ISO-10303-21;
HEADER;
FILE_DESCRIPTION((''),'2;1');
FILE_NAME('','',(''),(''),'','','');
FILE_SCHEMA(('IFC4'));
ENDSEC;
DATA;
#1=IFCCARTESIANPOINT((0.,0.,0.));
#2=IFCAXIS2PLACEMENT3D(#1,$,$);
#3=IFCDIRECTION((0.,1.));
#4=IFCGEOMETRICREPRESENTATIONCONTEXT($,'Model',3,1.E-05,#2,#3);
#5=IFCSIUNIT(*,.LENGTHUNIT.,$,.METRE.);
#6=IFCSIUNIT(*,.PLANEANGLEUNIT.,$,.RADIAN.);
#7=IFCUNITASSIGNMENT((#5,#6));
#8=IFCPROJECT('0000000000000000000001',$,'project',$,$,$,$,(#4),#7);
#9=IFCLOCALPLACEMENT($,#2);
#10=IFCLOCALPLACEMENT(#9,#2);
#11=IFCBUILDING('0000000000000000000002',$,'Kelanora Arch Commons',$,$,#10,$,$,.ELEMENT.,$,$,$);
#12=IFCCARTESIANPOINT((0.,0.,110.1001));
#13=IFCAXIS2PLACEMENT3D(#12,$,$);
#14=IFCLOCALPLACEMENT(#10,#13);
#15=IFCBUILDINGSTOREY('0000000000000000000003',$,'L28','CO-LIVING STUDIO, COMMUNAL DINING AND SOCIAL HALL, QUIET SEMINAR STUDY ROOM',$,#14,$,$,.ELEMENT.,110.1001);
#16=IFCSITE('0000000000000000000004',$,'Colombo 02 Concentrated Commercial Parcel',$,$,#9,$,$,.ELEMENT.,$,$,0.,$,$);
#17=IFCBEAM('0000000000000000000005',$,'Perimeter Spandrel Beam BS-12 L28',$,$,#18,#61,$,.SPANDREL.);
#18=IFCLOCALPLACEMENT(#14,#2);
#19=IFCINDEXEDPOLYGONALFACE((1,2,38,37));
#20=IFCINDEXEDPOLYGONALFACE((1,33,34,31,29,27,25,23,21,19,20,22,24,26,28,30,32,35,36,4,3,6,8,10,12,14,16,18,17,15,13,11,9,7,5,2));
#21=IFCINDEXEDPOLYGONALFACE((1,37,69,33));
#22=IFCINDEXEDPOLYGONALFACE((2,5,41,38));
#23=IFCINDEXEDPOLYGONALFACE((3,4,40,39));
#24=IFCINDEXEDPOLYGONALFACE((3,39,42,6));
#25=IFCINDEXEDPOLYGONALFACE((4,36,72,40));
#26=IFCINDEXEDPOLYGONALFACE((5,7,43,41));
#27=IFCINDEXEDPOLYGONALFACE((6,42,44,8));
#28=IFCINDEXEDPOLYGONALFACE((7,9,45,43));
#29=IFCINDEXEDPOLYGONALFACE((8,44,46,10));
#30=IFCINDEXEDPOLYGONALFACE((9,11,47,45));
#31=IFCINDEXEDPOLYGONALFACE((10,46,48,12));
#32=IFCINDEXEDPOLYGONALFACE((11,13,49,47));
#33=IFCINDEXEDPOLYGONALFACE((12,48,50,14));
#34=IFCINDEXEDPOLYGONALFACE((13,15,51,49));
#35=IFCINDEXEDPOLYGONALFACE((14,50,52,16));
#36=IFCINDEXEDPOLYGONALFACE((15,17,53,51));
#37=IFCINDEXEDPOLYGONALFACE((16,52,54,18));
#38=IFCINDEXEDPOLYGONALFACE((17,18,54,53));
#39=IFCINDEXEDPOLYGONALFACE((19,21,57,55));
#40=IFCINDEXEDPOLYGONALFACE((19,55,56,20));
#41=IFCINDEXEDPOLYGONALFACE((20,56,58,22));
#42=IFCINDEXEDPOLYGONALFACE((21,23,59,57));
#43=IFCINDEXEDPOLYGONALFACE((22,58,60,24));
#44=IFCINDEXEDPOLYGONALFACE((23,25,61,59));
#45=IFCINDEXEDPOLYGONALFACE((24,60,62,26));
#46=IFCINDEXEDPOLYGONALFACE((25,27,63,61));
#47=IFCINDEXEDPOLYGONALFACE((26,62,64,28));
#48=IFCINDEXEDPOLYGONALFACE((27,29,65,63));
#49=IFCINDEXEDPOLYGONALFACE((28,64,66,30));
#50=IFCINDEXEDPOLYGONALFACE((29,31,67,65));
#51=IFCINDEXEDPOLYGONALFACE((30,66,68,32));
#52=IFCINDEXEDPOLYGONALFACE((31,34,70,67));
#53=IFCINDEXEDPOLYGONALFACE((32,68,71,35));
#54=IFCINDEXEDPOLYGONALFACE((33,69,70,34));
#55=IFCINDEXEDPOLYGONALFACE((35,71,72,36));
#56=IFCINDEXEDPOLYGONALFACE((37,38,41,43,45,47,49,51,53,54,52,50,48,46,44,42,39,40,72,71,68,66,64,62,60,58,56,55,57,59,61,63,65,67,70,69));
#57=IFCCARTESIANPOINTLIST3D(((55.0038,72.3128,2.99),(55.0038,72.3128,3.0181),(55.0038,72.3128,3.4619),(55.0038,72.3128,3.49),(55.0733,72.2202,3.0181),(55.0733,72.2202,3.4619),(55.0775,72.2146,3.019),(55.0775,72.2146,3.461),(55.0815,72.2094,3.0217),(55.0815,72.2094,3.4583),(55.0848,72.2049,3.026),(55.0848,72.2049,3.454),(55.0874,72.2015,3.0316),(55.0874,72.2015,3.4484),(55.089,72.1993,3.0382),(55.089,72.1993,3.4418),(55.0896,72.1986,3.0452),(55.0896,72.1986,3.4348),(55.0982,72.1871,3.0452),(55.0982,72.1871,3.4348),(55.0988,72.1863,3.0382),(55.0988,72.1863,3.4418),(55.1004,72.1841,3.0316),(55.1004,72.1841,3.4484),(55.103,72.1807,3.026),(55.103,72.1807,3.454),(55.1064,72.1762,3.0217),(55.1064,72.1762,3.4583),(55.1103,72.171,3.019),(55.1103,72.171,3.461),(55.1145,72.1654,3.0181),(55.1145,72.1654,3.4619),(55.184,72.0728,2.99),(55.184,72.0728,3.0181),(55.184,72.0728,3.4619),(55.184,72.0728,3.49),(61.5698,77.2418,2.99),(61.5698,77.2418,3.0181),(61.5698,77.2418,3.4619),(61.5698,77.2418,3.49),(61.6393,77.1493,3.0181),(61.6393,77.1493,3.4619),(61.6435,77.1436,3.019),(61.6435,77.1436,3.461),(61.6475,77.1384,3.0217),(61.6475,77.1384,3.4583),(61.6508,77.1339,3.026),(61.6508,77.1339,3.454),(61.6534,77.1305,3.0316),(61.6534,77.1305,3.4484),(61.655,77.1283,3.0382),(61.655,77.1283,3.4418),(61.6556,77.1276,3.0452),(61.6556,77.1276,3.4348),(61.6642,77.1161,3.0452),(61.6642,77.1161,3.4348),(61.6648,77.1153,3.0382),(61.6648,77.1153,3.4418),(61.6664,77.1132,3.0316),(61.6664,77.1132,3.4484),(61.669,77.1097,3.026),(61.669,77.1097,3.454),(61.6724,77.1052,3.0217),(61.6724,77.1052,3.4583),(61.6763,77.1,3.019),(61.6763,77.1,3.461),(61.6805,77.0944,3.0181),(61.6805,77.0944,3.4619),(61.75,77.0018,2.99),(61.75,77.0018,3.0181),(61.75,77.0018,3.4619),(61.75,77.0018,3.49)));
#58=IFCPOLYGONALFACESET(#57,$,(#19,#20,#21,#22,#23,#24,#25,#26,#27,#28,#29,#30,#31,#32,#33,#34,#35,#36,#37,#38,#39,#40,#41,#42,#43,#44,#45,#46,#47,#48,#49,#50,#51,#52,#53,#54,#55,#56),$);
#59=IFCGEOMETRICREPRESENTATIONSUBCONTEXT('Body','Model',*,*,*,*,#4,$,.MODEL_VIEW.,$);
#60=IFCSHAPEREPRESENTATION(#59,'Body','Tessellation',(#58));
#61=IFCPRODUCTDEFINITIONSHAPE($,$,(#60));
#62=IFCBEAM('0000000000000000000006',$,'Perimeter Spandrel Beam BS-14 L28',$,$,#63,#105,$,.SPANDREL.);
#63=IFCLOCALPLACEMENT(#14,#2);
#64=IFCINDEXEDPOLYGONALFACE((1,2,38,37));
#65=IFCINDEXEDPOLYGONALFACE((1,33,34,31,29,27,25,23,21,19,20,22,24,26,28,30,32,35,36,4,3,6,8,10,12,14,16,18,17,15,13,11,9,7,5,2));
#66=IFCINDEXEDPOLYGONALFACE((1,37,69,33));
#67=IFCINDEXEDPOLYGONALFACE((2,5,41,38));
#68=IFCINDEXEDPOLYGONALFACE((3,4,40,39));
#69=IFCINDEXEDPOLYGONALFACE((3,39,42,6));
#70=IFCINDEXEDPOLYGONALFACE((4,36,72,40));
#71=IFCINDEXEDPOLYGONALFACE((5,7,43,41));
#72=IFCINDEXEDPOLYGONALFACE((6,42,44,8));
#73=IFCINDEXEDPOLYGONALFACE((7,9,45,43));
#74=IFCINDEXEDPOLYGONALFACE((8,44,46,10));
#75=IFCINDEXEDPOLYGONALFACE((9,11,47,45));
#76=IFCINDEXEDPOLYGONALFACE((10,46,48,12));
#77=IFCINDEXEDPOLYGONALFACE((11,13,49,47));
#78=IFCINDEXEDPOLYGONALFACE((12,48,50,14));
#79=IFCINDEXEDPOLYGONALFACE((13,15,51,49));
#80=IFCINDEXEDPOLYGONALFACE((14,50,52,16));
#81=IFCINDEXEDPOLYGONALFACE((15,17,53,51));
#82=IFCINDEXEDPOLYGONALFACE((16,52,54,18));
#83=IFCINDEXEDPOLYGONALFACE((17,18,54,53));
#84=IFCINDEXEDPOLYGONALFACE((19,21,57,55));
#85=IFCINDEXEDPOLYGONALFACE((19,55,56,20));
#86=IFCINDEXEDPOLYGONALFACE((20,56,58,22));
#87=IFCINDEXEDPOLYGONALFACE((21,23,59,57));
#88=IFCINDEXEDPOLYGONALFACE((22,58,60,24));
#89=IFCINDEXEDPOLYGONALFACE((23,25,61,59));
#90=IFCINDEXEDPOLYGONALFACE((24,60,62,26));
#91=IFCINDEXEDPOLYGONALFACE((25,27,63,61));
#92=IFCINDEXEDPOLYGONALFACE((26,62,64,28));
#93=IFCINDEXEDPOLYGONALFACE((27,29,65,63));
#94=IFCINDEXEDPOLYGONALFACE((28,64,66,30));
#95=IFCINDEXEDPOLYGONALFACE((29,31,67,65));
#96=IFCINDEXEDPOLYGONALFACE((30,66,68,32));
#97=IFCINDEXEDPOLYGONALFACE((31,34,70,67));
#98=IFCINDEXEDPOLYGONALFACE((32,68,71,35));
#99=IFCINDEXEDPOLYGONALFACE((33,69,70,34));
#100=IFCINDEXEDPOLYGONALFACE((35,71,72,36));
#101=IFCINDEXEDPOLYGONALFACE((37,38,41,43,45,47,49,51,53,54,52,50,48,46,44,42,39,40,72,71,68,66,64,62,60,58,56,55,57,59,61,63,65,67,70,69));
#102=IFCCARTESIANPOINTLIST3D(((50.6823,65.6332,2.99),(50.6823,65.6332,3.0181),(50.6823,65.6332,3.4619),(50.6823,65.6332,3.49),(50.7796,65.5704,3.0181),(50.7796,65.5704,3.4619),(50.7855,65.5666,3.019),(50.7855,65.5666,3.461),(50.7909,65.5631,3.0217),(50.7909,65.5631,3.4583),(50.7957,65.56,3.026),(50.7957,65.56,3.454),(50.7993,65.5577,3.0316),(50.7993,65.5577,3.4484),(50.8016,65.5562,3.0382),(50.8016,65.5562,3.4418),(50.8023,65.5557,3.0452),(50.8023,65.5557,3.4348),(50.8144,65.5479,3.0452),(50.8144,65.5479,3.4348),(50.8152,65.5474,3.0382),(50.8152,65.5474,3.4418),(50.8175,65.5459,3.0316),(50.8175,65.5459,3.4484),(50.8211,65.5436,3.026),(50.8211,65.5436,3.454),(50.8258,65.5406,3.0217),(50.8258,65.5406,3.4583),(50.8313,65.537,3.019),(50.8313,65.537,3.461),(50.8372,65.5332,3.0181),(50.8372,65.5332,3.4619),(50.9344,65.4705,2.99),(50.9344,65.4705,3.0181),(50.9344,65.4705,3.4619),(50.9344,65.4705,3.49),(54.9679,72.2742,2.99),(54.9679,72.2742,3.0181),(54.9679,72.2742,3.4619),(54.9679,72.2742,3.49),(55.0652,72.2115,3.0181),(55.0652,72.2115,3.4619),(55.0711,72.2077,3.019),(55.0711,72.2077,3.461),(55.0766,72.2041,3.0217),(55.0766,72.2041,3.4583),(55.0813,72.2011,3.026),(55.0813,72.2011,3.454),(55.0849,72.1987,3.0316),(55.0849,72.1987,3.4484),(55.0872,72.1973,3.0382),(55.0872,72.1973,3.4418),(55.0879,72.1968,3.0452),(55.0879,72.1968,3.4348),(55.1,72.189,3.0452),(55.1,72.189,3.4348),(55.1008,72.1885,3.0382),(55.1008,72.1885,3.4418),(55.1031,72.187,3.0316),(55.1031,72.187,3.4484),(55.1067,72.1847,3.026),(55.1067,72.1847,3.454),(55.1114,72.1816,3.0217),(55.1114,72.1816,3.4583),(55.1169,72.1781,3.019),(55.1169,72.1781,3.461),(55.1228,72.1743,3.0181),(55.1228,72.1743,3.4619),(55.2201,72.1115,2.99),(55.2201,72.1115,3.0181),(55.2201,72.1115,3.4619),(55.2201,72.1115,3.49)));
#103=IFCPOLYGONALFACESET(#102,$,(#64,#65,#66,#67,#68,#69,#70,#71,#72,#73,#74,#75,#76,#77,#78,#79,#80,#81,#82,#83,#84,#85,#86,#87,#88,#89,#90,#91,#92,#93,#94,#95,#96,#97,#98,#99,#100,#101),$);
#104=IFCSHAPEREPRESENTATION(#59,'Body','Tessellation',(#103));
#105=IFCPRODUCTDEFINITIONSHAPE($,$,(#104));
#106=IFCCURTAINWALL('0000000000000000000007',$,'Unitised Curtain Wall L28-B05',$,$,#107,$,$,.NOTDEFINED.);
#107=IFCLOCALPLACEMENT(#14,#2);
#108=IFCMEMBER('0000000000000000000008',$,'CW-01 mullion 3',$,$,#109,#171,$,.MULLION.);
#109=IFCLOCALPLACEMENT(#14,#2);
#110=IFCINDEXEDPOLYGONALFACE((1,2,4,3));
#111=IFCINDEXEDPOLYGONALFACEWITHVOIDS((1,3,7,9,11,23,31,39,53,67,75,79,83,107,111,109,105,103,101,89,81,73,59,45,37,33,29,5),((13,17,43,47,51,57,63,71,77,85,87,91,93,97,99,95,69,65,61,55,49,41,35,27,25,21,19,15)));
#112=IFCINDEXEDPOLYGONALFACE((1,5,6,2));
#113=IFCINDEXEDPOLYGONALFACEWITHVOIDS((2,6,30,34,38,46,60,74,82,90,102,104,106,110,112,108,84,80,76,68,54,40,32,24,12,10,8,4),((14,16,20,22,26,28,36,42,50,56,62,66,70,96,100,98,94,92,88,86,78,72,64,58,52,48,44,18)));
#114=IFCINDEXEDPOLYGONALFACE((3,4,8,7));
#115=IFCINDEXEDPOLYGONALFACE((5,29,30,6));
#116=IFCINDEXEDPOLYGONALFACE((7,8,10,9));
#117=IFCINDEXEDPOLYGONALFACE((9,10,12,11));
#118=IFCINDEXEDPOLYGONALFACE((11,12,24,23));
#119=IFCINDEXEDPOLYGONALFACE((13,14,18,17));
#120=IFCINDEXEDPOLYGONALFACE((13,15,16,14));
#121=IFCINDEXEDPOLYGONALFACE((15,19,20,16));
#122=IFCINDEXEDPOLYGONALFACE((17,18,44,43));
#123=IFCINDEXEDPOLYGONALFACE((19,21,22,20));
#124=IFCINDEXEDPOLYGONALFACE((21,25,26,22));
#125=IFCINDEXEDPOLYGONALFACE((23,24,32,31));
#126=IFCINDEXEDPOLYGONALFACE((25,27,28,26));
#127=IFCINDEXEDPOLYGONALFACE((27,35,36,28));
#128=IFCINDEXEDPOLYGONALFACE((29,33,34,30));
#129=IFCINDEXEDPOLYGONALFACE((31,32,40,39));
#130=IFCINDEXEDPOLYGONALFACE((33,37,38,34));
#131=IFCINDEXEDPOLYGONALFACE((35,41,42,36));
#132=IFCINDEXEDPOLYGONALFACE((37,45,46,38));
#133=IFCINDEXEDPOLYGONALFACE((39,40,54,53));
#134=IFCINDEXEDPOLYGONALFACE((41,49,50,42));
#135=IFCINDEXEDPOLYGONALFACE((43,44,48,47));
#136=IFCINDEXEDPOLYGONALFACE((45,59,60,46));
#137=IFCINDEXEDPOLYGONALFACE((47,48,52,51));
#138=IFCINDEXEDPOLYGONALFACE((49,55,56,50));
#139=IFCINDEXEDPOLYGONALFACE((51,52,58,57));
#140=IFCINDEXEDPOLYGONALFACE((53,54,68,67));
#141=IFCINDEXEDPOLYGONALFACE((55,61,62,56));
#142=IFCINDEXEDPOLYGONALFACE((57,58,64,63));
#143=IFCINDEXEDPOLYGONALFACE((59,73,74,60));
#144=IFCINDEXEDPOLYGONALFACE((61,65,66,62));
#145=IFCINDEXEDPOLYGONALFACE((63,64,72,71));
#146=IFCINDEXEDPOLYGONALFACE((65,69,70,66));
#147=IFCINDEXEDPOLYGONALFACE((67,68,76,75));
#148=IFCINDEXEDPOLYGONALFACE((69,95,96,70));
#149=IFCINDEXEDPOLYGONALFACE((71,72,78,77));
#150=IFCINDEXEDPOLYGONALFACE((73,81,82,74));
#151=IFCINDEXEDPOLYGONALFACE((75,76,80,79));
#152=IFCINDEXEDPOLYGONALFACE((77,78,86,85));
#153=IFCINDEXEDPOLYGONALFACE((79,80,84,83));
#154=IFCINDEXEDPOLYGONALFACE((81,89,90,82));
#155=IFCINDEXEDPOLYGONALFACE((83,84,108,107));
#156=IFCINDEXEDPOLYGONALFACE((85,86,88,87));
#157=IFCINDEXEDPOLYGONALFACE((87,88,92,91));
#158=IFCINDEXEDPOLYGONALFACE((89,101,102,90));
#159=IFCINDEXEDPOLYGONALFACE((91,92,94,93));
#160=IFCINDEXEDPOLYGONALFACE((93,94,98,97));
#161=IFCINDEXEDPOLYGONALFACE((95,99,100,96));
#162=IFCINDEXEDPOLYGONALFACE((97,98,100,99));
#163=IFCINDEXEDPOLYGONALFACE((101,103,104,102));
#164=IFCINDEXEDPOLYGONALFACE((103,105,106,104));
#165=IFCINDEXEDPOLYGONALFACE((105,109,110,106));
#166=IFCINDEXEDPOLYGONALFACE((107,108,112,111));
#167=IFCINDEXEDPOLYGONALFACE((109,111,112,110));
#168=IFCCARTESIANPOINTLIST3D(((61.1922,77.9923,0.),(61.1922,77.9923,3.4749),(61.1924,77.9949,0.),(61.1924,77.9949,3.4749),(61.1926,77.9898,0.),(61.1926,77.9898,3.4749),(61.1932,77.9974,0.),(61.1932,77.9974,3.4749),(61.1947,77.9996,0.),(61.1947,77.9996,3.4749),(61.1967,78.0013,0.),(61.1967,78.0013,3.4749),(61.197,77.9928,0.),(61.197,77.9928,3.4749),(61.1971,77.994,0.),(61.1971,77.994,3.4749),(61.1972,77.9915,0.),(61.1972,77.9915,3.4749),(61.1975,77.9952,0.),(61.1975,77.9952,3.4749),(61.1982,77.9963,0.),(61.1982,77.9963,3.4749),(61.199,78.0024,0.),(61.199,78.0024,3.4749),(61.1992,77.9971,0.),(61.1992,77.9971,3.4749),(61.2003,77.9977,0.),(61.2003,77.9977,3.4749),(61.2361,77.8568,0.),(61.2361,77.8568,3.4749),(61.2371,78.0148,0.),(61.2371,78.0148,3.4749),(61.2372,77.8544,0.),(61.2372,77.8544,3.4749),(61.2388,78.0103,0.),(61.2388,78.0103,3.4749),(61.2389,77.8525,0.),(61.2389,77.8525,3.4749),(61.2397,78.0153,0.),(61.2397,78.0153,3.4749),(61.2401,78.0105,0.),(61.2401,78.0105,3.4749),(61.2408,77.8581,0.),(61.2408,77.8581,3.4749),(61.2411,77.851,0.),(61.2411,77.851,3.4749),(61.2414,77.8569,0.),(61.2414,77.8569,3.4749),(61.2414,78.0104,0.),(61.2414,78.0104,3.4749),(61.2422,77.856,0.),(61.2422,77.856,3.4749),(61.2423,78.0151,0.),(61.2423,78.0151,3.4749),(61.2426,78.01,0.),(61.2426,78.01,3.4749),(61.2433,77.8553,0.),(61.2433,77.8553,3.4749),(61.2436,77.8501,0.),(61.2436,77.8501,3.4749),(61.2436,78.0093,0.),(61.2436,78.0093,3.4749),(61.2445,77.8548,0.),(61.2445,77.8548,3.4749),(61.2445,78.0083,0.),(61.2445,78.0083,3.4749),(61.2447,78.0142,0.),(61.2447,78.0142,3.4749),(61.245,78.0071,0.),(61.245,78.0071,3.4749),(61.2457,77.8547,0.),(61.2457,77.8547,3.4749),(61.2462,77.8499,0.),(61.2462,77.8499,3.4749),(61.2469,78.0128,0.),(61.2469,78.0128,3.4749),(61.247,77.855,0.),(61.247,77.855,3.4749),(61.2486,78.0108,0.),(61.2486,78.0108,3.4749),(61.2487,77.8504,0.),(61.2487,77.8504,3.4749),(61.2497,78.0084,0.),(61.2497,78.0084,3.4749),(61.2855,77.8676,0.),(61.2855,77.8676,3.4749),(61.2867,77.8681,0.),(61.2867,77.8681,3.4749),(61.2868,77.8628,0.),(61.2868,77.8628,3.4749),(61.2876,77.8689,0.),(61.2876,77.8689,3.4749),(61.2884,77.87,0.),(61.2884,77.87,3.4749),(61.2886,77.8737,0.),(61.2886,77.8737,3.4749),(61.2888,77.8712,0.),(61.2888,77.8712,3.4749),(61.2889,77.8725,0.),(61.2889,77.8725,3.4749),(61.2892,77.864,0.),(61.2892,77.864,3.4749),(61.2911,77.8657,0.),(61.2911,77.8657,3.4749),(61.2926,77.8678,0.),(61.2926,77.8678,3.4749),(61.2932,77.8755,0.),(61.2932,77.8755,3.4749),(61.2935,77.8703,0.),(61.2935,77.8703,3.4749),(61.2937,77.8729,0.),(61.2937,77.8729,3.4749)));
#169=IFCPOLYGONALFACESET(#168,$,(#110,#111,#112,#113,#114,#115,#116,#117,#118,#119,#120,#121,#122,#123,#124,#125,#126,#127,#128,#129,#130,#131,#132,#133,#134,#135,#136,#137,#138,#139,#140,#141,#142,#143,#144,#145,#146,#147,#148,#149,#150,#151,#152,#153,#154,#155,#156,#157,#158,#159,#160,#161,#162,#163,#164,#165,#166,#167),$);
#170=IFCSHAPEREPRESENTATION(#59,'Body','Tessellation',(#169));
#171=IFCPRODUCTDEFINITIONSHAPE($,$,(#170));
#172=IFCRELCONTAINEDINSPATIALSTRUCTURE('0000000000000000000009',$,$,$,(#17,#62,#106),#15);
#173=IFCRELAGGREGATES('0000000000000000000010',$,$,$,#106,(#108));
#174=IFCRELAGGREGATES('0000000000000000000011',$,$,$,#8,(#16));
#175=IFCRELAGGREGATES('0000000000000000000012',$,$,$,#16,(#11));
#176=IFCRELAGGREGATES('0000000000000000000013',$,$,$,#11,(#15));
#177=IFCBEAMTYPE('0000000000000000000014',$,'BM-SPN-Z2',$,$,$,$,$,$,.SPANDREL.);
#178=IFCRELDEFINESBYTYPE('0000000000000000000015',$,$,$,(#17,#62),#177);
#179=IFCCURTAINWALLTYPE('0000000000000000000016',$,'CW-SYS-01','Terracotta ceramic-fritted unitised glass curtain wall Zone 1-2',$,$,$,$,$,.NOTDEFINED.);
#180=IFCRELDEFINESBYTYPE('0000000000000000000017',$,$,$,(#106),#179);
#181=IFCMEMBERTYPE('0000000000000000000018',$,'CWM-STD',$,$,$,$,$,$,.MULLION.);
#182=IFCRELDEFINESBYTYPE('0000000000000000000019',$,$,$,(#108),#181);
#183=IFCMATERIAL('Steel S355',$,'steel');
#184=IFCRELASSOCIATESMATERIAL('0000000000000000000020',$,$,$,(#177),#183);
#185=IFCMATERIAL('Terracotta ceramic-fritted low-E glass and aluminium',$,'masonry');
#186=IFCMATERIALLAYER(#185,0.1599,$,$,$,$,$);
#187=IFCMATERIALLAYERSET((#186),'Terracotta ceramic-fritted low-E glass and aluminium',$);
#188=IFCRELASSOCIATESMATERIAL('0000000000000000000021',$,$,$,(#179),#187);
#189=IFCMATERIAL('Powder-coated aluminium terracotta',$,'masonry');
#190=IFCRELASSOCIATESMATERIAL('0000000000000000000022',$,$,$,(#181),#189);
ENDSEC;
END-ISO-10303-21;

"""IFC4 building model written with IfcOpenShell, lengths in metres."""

from ifc_helpers import new_model, si_unit, direction, frame, origin, origin_2d, place, context, subcontext, project, spatial, hollow_rectangle, i_section, extrude, material, layer, layer_set, material_profile, profile_set, type_object, element, aggregate, save


model = new_model("IFC4")

# Units and contexts
model_context = context("Model", 3, precision=1e-05, world=origin(), true_north=direction((0.0, 1.0)))
body_context = subcontext(model_context, "Body", "Model", "MODEL_VIEW")
ifc_project = project(units=[si_unit("LENGTHUNIT", "METRE"), si_unit("PLANEANGLEUNIT", "RADIAN")], contexts=[model_context])

# Site, building, storey
site_placement = place(None, origin())
site = spatial("IfcSite", under=ifc_project, at=site_placement, Name="Colombo 02 Concentrated Commercial Parcel", CompositionType="ELEMENT", RefElevation=0.0)
building_placement = place(site_placement, origin())
building = spatial("IfcBuilding", under=site, at=building_placement, Name="Kelanora Arch Commons", CompositionType="ELEMENT")
storey_placement = place(building_placement, frame((0.0, 0.0, 110.1001)))
storey = spatial("IfcBuildingStorey", under=building, at=storey_placement, Name="L28", Description="CO-LIVING STUDIO, COMMUNAL DINING AND SOCIAL HALL, QUIET SEMINAR STUDY ROOM", CompositionType="ELEMENT", Elevation=110.1001)

# Beams
ifc_material_1 = material(Name="Steel S355", Category="steel")
ifc_material_profile_1 = material_profile(ifc_material_1, i_section(OverallWidth=0.3, OverallDepth=0.5, WebThickness=0.0144, FlangeThickness=0.0281, FilletRadius=0.0271, at=origin_2d()), Name="HEB500")
ifc_profile_set_1 = profile_set([ifc_material_profile_1], Name="Steel S355")
beam_type_1 = type_object("IfcBeamType", Name="BM-SPN-Z2", PredefinedType="SPANDREL", material=ifc_profile_set_1)
beam_1_placement = place(storey_placement, frame((61.6599, 77.1218, 3.24), z_axis=(-0.799736, -0.600352, 0.0), x_axis=(0.600352, -0.799736, 0.0)))
element("IfcBeam", 1, at=beam_1_placement, inside=storey, type_object=beam_type_1, Name="Perimeter Spandrel Beam BS-12 L28", PredefinedType="SPANDREL", context=body_context, shape_type="SweptSolid", body=[
    extrude(i_section(OverallWidth=0.3, OverallDepth=0.5, WebThickness=0.0144, FlangeThickness=0.0281, FilletRadius=0.0271, at=origin_2d()), origin(), (0.0, 0.0, 1.0), 8.2102),
])
beam_2_placement = place(storey_placement, frame((55.094, 72.1929, 3.24), z_axis=(-0.542221, -0.840236, 0.0), x_axis=(0.840236, -0.542221, 0.0)))
element("IfcBeam", 2, at=beam_2_placement, inside=storey, type_object=beam_type_1, Name="Perimeter Spandrel Beam BS-14 L28", PredefinedType="SPANDREL", context=body_context, shape_type="SweptSolid", body=[
    extrude(i_section(OverallWidth=0.3, OverallDepth=0.5, WebThickness=0.0144, FlangeThickness=0.0281, FilletRadius=0.0271, at=origin_2d()), origin(), (0.0, 0.0, 1.0), 7.9038),
])

# Curtain wall, member
ifc_material_2 = material(Name="Terracotta ceramic-fritted low-E glass and aluminium", Category="masonry")
ifc_layer_1 = layer(ifc_material_2, 0.1599)
ifc_layer_set_1 = layer_set([ifc_layer_1], Name="Terracotta ceramic-fritted low-E glass and aluminium")
curtain_wall_type = type_object("IfcCurtainWallType", Name="CW-SYS-01", Description="Terracotta ceramic-fritted unitised glass curtain wall Zone 1-2", PredefinedType="NOTDEFINED", material=ifc_layer_set_1)
curtain_wall_1_placement = place(storey_placement, origin())
curtain_wall_1 = element("IfcCurtainWall", 3, at=curtain_wall_1_placement, inside=storey, type_object=curtain_wall_type, Name="Unitised Curtain Wall L28-B05", PredefinedType="NOTDEFINED")
ifc_material_3 = material(Name="Powder-coated aluminium terracotta", Category="masonry")
ifc_material_profile_2 = material_profile(ifc_material_3, hollow_rectangle(XDim=0.1599, YDim=0.0601, WallThickness=0.0049, InnerFilletRadius=0.0049, OuterFilletRadius=0.01, at=origin_2d()), Name="CWM160x60")
ifc_profile_set_2 = profile_set([ifc_material_profile_2], Name="Powder-coated aluminium terracotta")
member_type_1 = type_object("IfcMemberType", Name="CWM-STD", PredefinedType="MULLION", material=ifc_profile_set_2)
member_1_placement = place(storey_placement, frame((61.2429, 77.9326, 0.0), z_axis=(0.0, 0.0, 1.0), x_axis=(0.310805, -0.950474, 0.0)))
member_1 = element("IfcMember", 4, at=member_1_placement, type_object=member_type_1, Name="CW-01 mullion 3", PredefinedType="MULLION", context=body_context, shape_type="SweptSolid", body=[
    extrude(hollow_rectangle(XDim=0.1599, YDim=0.0601, WallThickness=0.0049, InnerFilletRadius=0.0049, OuterFilletRadius=0.01, at=origin_2d()), origin(), (0.0, 0.0, 1.0), 3.4749),
])

aggregate(curtain_wall_1, [member_1])

save(model, "model.ifc")
